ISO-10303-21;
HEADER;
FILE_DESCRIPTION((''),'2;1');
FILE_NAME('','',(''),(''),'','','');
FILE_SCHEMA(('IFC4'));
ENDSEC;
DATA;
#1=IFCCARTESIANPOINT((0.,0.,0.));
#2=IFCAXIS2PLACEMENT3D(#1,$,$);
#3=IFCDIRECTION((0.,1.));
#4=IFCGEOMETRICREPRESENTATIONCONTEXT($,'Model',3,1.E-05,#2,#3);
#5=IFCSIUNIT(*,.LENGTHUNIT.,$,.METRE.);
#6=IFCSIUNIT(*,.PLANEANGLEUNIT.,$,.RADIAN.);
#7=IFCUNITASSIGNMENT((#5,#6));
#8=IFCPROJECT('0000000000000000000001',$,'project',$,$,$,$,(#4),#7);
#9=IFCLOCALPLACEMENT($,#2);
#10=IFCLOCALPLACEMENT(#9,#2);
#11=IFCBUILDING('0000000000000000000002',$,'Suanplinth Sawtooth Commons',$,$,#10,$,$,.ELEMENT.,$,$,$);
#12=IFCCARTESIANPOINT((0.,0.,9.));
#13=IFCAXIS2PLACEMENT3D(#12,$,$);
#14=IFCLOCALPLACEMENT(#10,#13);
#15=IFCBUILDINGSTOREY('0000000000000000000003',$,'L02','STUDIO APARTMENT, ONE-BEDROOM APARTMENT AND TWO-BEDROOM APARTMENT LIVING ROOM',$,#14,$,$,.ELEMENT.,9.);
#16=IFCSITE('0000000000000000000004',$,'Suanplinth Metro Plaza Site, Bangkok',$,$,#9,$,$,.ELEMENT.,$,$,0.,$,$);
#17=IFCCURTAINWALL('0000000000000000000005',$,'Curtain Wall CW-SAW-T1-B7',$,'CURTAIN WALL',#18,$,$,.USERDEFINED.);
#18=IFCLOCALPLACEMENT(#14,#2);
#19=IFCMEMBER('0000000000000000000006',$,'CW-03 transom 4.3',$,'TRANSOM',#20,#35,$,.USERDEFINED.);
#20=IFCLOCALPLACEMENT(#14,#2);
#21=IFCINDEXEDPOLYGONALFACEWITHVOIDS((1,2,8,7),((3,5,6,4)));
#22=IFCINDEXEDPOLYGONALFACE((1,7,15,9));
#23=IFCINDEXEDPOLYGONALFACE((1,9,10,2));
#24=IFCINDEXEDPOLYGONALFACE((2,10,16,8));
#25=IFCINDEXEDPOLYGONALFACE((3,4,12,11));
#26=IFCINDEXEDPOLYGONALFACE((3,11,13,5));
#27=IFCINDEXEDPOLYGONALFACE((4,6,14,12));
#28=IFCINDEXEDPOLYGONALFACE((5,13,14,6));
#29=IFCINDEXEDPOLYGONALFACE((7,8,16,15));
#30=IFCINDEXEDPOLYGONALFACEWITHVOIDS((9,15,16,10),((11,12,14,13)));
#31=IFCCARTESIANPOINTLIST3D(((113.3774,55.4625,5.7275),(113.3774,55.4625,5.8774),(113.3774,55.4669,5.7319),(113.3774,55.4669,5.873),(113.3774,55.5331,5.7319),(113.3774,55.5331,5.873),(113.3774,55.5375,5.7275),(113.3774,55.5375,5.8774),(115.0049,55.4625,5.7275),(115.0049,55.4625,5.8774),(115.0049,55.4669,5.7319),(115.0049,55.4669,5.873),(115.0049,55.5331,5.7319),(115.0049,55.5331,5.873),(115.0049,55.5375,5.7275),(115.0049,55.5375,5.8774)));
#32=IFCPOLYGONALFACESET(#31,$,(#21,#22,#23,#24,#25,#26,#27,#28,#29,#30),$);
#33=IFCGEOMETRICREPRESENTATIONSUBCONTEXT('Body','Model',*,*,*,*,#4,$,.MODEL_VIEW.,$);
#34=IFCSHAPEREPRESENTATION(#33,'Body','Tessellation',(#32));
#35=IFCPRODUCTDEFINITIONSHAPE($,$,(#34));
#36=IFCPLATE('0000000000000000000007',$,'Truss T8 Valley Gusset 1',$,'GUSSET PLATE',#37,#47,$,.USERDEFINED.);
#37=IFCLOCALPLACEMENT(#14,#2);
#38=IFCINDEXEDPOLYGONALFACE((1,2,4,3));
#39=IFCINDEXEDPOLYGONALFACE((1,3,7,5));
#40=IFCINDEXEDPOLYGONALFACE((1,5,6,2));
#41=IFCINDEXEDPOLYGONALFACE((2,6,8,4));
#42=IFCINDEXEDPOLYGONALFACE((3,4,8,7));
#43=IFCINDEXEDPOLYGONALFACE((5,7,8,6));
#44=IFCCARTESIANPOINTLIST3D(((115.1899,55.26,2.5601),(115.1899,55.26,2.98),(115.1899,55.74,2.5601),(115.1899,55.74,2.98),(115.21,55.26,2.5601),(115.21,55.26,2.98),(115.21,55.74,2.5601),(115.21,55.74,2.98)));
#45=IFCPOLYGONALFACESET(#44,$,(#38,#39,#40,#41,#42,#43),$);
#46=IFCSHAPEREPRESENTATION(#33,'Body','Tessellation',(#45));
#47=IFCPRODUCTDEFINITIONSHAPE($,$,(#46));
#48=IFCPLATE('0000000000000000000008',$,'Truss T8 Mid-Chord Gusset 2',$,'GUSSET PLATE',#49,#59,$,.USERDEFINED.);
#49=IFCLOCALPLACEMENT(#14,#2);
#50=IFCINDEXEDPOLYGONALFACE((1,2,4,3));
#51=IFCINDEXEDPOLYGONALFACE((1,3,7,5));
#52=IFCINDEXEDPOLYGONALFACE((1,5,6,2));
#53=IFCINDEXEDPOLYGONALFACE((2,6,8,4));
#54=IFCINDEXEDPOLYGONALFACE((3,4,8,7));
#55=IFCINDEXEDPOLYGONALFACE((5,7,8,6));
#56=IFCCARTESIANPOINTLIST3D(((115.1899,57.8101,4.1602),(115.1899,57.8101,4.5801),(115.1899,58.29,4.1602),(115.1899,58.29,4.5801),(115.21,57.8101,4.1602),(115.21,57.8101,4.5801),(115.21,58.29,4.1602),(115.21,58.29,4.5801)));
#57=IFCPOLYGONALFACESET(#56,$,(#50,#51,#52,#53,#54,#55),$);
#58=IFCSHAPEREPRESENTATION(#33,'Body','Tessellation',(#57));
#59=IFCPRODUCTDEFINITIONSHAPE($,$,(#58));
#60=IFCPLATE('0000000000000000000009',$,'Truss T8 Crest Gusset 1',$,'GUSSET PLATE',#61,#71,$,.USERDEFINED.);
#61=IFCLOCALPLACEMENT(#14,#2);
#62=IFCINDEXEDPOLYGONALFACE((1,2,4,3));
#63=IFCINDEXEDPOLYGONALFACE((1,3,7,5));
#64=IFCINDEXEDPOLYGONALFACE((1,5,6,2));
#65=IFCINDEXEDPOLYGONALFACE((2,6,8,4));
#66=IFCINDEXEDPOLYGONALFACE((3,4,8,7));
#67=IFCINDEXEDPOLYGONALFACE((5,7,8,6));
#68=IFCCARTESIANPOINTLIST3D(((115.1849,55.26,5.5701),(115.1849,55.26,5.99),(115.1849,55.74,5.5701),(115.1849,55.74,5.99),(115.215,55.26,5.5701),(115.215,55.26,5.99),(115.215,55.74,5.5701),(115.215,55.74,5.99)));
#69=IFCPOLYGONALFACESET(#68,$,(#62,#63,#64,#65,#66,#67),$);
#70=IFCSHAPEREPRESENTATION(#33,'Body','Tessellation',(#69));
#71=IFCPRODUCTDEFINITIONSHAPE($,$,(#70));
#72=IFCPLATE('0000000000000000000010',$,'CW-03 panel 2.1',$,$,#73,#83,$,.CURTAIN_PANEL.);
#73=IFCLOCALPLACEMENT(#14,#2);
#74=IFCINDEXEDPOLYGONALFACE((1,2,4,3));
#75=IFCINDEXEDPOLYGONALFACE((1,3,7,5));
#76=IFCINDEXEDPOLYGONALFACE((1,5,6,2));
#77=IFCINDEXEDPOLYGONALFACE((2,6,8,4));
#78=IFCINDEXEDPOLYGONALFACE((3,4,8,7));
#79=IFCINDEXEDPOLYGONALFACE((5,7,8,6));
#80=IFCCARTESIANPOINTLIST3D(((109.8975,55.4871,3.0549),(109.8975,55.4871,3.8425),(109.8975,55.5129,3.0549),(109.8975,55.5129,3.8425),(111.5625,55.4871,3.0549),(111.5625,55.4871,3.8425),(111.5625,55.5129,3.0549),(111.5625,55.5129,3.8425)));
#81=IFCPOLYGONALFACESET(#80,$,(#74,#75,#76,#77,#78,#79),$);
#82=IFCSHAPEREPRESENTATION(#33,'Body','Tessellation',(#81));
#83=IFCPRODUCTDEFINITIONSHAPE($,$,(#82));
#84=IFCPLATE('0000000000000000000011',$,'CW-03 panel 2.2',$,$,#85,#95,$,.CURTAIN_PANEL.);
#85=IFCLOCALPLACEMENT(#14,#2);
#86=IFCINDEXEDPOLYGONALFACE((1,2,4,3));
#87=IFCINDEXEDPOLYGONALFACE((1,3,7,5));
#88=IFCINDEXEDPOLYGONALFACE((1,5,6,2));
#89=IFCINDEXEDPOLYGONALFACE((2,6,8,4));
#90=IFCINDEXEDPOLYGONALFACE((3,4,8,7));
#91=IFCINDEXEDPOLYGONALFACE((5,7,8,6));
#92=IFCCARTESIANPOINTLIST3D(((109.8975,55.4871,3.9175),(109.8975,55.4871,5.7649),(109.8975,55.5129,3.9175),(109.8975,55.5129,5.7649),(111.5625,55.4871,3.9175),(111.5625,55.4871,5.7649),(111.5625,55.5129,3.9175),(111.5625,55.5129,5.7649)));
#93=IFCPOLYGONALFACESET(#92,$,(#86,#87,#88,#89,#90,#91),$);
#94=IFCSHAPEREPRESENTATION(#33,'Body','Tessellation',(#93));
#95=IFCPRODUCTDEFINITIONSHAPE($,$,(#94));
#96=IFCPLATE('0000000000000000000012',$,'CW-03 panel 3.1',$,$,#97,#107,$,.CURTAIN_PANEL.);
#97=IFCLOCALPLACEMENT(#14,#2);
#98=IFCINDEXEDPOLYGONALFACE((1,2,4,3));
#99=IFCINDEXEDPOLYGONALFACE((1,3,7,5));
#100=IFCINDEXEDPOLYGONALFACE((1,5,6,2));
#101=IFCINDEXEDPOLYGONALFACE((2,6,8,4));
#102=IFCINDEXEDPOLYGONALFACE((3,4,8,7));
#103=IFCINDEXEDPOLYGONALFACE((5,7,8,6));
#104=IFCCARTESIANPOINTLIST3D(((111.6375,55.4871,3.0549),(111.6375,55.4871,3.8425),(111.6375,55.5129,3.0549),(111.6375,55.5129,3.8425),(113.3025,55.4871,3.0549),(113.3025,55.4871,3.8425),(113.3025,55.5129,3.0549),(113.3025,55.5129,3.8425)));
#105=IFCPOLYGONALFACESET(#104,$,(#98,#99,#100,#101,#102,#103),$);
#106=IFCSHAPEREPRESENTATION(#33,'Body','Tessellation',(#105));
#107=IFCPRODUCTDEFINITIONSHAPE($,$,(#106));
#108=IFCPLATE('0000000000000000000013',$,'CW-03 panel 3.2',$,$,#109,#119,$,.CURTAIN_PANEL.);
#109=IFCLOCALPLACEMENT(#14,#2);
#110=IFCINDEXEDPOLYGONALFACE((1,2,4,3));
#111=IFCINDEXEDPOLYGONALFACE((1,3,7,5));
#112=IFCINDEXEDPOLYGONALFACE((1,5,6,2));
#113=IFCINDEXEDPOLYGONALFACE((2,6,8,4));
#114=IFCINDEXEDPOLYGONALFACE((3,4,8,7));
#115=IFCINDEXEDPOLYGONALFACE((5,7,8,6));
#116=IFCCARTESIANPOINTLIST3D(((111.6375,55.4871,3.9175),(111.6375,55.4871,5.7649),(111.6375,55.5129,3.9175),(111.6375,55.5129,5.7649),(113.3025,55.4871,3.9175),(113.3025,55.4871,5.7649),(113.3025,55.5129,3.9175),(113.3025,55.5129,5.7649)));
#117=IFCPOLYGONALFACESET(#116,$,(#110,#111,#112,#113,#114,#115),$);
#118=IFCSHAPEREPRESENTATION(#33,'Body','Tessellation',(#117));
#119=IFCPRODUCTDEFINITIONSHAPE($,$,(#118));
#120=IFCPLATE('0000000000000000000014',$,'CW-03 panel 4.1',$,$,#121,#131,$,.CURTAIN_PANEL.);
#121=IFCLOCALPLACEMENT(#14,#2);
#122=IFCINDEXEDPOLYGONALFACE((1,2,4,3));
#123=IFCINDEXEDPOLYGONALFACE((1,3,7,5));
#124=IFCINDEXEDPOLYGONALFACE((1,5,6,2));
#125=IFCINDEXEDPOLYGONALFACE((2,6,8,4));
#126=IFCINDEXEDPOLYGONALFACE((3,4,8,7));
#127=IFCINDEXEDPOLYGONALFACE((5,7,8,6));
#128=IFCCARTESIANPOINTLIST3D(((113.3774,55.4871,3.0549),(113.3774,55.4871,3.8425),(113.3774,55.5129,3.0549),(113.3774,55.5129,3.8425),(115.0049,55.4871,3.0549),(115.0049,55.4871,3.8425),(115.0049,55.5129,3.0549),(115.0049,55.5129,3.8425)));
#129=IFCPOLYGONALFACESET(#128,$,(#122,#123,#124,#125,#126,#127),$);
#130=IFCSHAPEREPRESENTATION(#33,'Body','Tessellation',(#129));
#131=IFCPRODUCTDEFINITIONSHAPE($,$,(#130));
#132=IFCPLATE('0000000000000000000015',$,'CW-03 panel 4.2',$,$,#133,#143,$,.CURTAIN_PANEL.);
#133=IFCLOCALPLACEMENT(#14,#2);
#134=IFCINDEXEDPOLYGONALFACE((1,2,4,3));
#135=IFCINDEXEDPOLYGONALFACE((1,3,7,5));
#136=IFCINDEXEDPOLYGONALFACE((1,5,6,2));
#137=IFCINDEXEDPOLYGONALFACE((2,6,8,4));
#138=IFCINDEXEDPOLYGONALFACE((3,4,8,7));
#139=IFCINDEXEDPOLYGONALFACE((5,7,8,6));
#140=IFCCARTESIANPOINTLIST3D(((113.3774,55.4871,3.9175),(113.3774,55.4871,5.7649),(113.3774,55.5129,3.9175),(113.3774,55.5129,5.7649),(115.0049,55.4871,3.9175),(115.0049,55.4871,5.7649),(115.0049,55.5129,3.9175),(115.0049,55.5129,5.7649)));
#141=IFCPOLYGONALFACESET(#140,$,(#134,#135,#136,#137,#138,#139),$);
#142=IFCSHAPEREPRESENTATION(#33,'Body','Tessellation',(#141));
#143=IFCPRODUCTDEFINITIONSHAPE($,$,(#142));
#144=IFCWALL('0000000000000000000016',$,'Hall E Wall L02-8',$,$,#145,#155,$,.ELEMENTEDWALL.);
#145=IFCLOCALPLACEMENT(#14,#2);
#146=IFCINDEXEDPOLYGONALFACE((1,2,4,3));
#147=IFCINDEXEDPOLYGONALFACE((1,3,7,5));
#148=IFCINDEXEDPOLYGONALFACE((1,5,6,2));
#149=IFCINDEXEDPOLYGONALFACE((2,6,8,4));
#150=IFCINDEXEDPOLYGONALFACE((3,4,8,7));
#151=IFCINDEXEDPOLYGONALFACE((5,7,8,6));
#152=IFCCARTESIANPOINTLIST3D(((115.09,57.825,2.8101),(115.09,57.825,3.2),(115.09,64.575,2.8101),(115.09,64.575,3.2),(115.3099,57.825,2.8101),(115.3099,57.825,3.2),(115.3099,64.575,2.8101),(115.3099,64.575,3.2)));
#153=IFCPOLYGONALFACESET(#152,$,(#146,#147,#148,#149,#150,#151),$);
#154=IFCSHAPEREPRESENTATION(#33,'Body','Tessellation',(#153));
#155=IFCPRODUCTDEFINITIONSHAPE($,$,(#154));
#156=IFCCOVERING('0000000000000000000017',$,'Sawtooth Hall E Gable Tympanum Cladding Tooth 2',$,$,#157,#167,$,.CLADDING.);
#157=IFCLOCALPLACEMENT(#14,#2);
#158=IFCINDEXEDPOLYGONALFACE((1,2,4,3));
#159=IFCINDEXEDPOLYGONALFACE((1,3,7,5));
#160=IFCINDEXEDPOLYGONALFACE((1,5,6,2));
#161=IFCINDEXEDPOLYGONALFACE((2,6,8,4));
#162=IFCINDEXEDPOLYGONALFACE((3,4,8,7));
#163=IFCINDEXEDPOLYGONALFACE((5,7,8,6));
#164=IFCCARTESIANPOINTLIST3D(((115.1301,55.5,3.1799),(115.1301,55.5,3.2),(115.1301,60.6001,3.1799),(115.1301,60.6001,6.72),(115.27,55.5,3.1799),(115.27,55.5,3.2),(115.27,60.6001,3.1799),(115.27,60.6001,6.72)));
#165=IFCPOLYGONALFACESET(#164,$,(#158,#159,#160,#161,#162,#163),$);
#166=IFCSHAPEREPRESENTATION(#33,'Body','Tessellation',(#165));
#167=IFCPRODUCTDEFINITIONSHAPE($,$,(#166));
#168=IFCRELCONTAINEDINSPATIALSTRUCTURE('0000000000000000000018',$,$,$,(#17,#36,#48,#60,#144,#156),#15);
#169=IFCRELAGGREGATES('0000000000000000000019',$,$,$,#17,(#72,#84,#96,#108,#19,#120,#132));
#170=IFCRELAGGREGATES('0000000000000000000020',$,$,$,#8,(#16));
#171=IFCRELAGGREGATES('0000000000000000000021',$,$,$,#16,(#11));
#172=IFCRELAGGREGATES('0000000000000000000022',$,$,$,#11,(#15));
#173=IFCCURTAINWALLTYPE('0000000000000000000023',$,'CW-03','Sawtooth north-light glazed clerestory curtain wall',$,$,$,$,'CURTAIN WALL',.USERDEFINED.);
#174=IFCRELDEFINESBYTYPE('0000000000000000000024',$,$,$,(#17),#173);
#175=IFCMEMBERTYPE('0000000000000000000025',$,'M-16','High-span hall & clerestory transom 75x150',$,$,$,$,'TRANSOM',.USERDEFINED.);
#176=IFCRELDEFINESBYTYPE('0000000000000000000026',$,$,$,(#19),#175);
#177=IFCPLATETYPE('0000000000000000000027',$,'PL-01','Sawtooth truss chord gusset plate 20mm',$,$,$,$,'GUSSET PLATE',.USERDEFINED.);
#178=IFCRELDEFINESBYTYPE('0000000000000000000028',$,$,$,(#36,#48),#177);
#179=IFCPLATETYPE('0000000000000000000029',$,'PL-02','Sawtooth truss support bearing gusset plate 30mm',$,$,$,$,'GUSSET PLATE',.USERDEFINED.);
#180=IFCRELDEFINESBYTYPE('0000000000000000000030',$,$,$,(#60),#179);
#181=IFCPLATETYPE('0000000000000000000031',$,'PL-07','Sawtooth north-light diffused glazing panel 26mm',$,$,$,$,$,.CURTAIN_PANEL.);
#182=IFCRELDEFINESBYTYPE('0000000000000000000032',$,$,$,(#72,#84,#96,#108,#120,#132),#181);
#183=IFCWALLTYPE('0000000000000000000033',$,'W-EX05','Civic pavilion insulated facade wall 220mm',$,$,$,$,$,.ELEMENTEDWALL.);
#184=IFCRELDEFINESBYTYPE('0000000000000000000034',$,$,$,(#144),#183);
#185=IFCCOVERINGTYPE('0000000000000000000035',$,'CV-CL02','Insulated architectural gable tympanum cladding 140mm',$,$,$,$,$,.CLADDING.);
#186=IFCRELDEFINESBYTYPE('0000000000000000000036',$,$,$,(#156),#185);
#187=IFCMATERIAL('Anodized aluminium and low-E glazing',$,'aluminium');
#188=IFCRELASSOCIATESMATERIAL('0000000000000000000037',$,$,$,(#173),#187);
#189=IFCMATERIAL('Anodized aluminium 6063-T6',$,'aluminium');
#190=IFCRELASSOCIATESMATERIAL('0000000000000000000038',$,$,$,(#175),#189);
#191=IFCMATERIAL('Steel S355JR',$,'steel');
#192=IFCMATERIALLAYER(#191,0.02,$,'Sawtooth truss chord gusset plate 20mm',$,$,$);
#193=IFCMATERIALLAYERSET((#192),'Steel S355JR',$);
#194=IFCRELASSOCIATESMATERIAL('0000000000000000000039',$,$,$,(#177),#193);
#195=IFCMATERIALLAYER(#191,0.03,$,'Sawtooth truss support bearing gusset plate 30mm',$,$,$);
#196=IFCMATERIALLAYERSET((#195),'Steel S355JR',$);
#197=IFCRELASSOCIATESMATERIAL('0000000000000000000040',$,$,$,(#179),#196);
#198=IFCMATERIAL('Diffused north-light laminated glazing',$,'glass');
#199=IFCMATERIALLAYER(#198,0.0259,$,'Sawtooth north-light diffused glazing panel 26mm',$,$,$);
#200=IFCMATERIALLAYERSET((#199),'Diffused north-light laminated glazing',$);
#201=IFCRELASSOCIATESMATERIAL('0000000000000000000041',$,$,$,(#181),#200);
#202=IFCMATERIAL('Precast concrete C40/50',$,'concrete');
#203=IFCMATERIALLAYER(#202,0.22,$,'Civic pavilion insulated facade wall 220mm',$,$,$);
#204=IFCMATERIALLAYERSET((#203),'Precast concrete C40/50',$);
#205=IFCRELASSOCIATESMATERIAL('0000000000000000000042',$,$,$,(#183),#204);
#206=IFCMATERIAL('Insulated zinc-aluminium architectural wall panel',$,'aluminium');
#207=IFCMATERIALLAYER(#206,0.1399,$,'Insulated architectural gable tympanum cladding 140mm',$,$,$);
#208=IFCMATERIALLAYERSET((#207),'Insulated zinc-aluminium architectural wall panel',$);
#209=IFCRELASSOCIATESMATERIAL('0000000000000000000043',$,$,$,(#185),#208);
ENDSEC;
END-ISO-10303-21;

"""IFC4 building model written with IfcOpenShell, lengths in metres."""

from ifc_helpers import new_model, si_unit, direction, frame, frame_2d, origin, origin_2d, place, context, subcontext, project, spatial, polyline, rectangle, hollow_rectangle, outline, extrude, material, layer, layer_set, material_profile, profile_set, type_object, element, aggregate, save


model = new_model("IFC4")

# Units and contexts
model_context = context("Model", 3, precision=1e-05, world=origin(), true_north=direction((0.0, 1.0)))
body_context = subcontext(model_context, "Body", "Model", "MODEL_VIEW")
ifc_project = project(units=[si_unit("LENGTHUNIT", "METRE"), si_unit("PLANEANGLEUNIT", "RADIAN")], contexts=[model_context])

# Site, building, storey
site_placement = place(None, origin())
site = spatial("IfcSite", under=ifc_project, at=site_placement, Name="Suanplinth Metro Plaza Site, Bangkok", CompositionType="ELEMENT", RefElevation=0.0)
building_placement = place(site_placement, origin())
building = spatial("IfcBuilding", under=site, at=building_placement, Name="Suanplinth Sawtooth Commons", CompositionType="ELEMENT")
storey_placement = place(building_placement, frame((0.0, 0.0, 9.0)))
storey = spatial("IfcBuildingStorey", under=building, at=storey_placement, Name="L02", Description="STUDIO APARTMENT, ONE-BEDROOM APARTMENT AND TWO-BEDROOM APARTMENT LIVING ROOM", CompositionType="ELEMENT", Elevation=9.0)

# Shared definitions
ifc_material_1 = material(Name="Steel S355JR", Category="steel")

# Curtain wall, member
ifc_material_2 = material(Name="Anodized aluminium and low-E glazing", Category="aluminium")
curtain_wall_type = type_object("IfcCurtainWallType", Name="CW-03", Description="Sawtooth north-light glazed clerestory curtain wall", ElementType="CURTAIN WALL", PredefinedType="USERDEFINED", material=ifc_material_2)
curtain_wall_placement = place(storey_placement, origin())
curtain_wall = element("IfcCurtainWall", 1, at=curtain_wall_placement, inside=storey, type_object=curtain_wall_type, Name="Curtain Wall CW-SAW-T1-B7", ObjectType="CURTAIN WALL", PredefinedType="USERDEFINED")
ifc_material_3 = material(Name="Anodized aluminium 6063-T6", Category="aluminium")
ifc_material_profile_1 = material_profile(ifc_material_3, hollow_rectangle(XDim=0.075, YDim=0.1499, WallThickness=0.0044, at=origin_2d()), Name="ALU-TRN 75x150")
ifc_profile_set_1 = profile_set([ifc_material_profile_1], Name="Anodized aluminium 6063-T6")
member_type_1 = type_object("IfcMemberType", Name="M-16", Description="High-span hall & clerestory transom 75x150", ElementType="TRANSOM", PredefinedType="USERDEFINED", material=ifc_profile_set_1)
member_1_placement = place(storey_placement, frame((113.3774, 55.5, 5.8025), z_axis=(1.0, 0.0, 0.0), x_axis=(0.0, 1.0, 0.0)))
member_1 = element("IfcMember", 2, at=member_1_placement, type_object=member_type_1, Name="CW-03 transom 4.3", ObjectType="TRANSOM", PredefinedType="USERDEFINED", context=body_context, shape_type="SweptSolid", body=[
    extrude(hollow_rectangle(XDim=0.075, YDim=0.1499, WallThickness=0.0044, at=origin_2d()), origin(), (0.0, 0.0, 1.0), 1.6274),
])

# Plates
ifc_layer_1 = layer(ifc_material_1, 0.02, Name="Sawtooth truss chord gusset plate 20mm")
ifc_layer_set_1 = layer_set([ifc_layer_1], Name="Steel S355JR")
plate_type_1 = type_object("IfcPlateType", Name="PL-01", Description="Sawtooth truss chord gusset plate 20mm", ElementType="GUSSET PLATE", PredefinedType="USERDEFINED", material=ifc_layer_set_1)
for number, where, z_axis, x_axis, name in (
    (3, (115.2, 55.5, 2.5601), (0.0, 0.0, 1.0), (1.0, 0.0, 0.0), "Truss T8 Valley Gusset 1"),
    (4, (115.2, 58.05, 4.1602), (0.0, 0.0, 1.0), (1.0, 0.0, 0.0), "Truss T8 Mid-Chord Gusset 2"),
):
    element("IfcPlate", number, at=place(storey_placement, frame(where, z_axis=z_axis, x_axis=x_axis)), inside=storey, type_object=plate_type_1, Name=name, ObjectType="GUSSET PLATE", PredefinedType="USERDEFINED", context=body_context, shape_type="SweptSolid", body=[
        extrude(rectangle(XDim=0.02, YDim=0.48, at=origin_2d()), origin(), (0.0, 0.0, 1.0), 0.4199),
    ])
ifc_layer_2 = layer(ifc_material_1, 0.03, Name="Sawtooth truss support bearing gusset plate 30mm")
ifc_layer_set_2 = layer_set([ifc_layer_2], Name="Steel S355JR")
plate_type_2 = type_object("IfcPlateType", Name="PL-02", Description="Sawtooth truss support bearing gusset plate 30mm", ElementType="GUSSET PLATE", PredefinedType="USERDEFINED", material=ifc_layer_set_2)
plate_1_placement = place(storey_placement, frame((115.2, 55.5, 5.5701), z_axis=(0.0, 0.0, 1.0), x_axis=(1.0, 0.0, 0.0)))
element("IfcPlate", 5, at=plate_1_placement, inside=storey, type_object=plate_type_2, Name="Truss T8 Crest Gusset 1", ObjectType="GUSSET PLATE", PredefinedType="USERDEFINED", context=body_context, shape_type="SweptSolid", body=[
    extrude(rectangle(XDim=0.03, YDim=0.48, at=origin_2d()), origin(), (0.0, 0.0, 1.0), 0.4199),
])

# Plates
ifc_material_4 = material(Name="Diffused north-light laminated glazing", Category="glass")
ifc_layer_3 = layer(ifc_material_4, 0.0259, Name="Sawtooth north-light diffused glazing panel 26mm")
ifc_layer_set_3 = layer_set([ifc_layer_3], Name="Diffused north-light laminated glazing")
plate_type_3 = type_object("IfcPlateType", Name="PL-07", Description="Sawtooth north-light diffused glazing panel 26mm", PredefinedType="CURTAIN_PANEL", material=ifc_layer_set_3)
plate_2_placement = place(storey_placement, frame((110.73, 55.5, 3.0549), z_axis=(0.0, 0.0, 1.0), x_axis=(1.0, 0.0, 0.0)))
plate_2 = element("IfcPlate", 6, at=plate_2_placement, type_object=plate_type_3, Name="CW-03 panel 2.1", PredefinedType="CURTAIN_PANEL", context=body_context, shape_type="SweptSolid", body=[
    extrude(rectangle(XDim=1.665, YDim=0.0259, at=origin_2d()), origin(), (0.0, 0.0, 1.0), 0.7876),
])
plate_3_placement = place(storey_placement, frame((110.73, 55.5, 3.9175), z_axis=(0.0, 0.0, 1.0), x_axis=(1.0, 0.0, 0.0)))
plate_3 = element("IfcPlate", 7, at=plate_3_placement, type_object=plate_type_3, Name="CW-03 panel 2.2", PredefinedType="CURTAIN_PANEL", context=body_context, shape_type="SweptSolid", body=[
    extrude(rectangle(XDim=1.665, YDim=0.0259, at=origin_2d()), origin(), (0.0, 0.0, 1.0), 1.8474),
])
plate_4_placement = place(storey_placement, frame((112.47, 55.5, 3.0549), z_axis=(0.0, 0.0, 1.0), x_axis=(1.0, 0.0, 0.0)))
plate_4 = element("IfcPlate", 8, at=plate_4_placement, type_object=plate_type_3, Name="CW-03 panel 3.1", PredefinedType="CURTAIN_PANEL", context=body_context, shape_type="SweptSolid", body=[
    extrude(rectangle(XDim=1.665, YDim=0.0259, at=origin_2d()), origin(), (0.0, 0.0, 1.0), 0.7876),
])
plate_5_placement = place(storey_placement, frame((112.47, 55.5, 3.9175), z_axis=(0.0, 0.0, 1.0), x_axis=(1.0, 0.0, 0.0)))
plate_5 = element("IfcPlate", 9, at=plate_5_placement, type_object=plate_type_3, Name="CW-03 panel 3.2", PredefinedType="CURTAIN_PANEL", context=body_context, shape_type="SweptSolid", body=[
    extrude(rectangle(XDim=1.665, YDim=0.0259, at=origin_2d()), origin(), (0.0, 0.0, 1.0), 1.8474),
])
plate_6_placement = place(storey_placement, frame((114.1912, 55.5, 3.0549), z_axis=(0.0, 0.0, 1.0), x_axis=(1.0, 0.0, 0.0)))
plate_6 = element("IfcPlate", 10, at=plate_6_placement, type_object=plate_type_3, Name="CW-03 panel 4.1", PredefinedType="CURTAIN_PANEL", context=body_context, shape_type="SweptSolid", body=[
    extrude(rectangle(XDim=1.6274, YDim=0.0259, at=origin_2d()), origin(), (0.0, 0.0, 1.0), 0.7876),
])
plate_7_placement = place(storey_placement, frame((114.1912, 55.5, 3.9175), z_axis=(0.0, 0.0, 1.0), x_axis=(1.0, 0.0, 0.0)))
plate_7 = element("IfcPlate", 11, at=plate_7_placement, type_object=plate_type_3, Name="CW-03 panel 4.2", PredefinedType="CURTAIN_PANEL", context=body_context, shape_type="SweptSolid", body=[
    extrude(rectangle(XDim=1.6274, YDim=0.0259, at=origin_2d()), origin(), (0.0, 0.0, 1.0), 1.8474),
])
aggregate(curtain_wall, [plate_2, plate_3, plate_4, plate_5, member_1, plate_6, plate_7])

# Wall
ifc_material_5 = material(Name="Precast concrete C40/50", Category="concrete")
ifc_layer_4 = layer(ifc_material_5, 0.22, Name="Civic pavilion insulated facade wall 220mm")
ifc_layer_set_4 = layer_set([ifc_layer_4], Name="Precast concrete C40/50")
wall_type = type_object("IfcWallType", Name="W-EX05", Description="Civic pavilion insulated facade wall 220mm", PredefinedType="ELEMENTEDWALL", material=ifc_layer_set_4)
wall_placement = place(storey_placement, frame((115.2, 57.825, 2.8101), z_axis=(0.0, 0.0, 1.0), x_axis=(0.0, 1.0, 0.0)))
element("IfcWall", 12, at=wall_placement, inside=storey, type_object=wall_type, Name="Hall E Wall L02-8", PredefinedType="ELEMENTEDWALL", context=body_context, shape_type="SweptSolid", body=[
    extrude(rectangle(XDim=6.75, YDim=0.22, at=frame_2d((3.375, 0.0))), origin(), (0.0, 0.0, 1.0), 0.3899),
])

# Covering
ifc_material_6 = material(Name="Insulated zinc-aluminium architectural wall panel", Category="aluminium")
ifc_layer_5 = layer(ifc_material_6, 0.1399, Name="Insulated architectural gable tympanum cladding 140mm")
ifc_layer_set_5 = layer_set([ifc_layer_5], Name="Insulated zinc-aluminium architectural wall panel")
covering_type = type_object("IfcCoveringType", Name="CV-CL02", Description="Insulated architectural gable tympanum cladding 140mm", PredefinedType="CLADDING", material=ifc_layer_set_5)
covering_placement = place(storey_placement, frame((115.2, 55.5, 3.1799), z_axis=(0.0, 0.0, 1.0), x_axis=(0.0, 1.0, 0.0)))
element("IfcCovering", 13, at=covering_placement, inside=storey, type_object=covering_type, Name="Sawtooth Hall E Gable Tympanum Cladding Tooth 2", PredefinedType="CLADDING", context=body_context, shape_type="SweptSolid", body=[
    extrude(outline(polyline([(0.0, 0.0), (5.1001, 0.0), (5.1001, 3.54), (0.0, 0.02), (0.0, 0.0)])), frame((0.0, 0.0698, 0.0), z_axis=(0.0, -1.0, 0.0), x_axis=(1.0, 0.0, 0.0)), (0.0, 0.0, 1.0), 0.1399),
])

save(model, "model.ifc")
